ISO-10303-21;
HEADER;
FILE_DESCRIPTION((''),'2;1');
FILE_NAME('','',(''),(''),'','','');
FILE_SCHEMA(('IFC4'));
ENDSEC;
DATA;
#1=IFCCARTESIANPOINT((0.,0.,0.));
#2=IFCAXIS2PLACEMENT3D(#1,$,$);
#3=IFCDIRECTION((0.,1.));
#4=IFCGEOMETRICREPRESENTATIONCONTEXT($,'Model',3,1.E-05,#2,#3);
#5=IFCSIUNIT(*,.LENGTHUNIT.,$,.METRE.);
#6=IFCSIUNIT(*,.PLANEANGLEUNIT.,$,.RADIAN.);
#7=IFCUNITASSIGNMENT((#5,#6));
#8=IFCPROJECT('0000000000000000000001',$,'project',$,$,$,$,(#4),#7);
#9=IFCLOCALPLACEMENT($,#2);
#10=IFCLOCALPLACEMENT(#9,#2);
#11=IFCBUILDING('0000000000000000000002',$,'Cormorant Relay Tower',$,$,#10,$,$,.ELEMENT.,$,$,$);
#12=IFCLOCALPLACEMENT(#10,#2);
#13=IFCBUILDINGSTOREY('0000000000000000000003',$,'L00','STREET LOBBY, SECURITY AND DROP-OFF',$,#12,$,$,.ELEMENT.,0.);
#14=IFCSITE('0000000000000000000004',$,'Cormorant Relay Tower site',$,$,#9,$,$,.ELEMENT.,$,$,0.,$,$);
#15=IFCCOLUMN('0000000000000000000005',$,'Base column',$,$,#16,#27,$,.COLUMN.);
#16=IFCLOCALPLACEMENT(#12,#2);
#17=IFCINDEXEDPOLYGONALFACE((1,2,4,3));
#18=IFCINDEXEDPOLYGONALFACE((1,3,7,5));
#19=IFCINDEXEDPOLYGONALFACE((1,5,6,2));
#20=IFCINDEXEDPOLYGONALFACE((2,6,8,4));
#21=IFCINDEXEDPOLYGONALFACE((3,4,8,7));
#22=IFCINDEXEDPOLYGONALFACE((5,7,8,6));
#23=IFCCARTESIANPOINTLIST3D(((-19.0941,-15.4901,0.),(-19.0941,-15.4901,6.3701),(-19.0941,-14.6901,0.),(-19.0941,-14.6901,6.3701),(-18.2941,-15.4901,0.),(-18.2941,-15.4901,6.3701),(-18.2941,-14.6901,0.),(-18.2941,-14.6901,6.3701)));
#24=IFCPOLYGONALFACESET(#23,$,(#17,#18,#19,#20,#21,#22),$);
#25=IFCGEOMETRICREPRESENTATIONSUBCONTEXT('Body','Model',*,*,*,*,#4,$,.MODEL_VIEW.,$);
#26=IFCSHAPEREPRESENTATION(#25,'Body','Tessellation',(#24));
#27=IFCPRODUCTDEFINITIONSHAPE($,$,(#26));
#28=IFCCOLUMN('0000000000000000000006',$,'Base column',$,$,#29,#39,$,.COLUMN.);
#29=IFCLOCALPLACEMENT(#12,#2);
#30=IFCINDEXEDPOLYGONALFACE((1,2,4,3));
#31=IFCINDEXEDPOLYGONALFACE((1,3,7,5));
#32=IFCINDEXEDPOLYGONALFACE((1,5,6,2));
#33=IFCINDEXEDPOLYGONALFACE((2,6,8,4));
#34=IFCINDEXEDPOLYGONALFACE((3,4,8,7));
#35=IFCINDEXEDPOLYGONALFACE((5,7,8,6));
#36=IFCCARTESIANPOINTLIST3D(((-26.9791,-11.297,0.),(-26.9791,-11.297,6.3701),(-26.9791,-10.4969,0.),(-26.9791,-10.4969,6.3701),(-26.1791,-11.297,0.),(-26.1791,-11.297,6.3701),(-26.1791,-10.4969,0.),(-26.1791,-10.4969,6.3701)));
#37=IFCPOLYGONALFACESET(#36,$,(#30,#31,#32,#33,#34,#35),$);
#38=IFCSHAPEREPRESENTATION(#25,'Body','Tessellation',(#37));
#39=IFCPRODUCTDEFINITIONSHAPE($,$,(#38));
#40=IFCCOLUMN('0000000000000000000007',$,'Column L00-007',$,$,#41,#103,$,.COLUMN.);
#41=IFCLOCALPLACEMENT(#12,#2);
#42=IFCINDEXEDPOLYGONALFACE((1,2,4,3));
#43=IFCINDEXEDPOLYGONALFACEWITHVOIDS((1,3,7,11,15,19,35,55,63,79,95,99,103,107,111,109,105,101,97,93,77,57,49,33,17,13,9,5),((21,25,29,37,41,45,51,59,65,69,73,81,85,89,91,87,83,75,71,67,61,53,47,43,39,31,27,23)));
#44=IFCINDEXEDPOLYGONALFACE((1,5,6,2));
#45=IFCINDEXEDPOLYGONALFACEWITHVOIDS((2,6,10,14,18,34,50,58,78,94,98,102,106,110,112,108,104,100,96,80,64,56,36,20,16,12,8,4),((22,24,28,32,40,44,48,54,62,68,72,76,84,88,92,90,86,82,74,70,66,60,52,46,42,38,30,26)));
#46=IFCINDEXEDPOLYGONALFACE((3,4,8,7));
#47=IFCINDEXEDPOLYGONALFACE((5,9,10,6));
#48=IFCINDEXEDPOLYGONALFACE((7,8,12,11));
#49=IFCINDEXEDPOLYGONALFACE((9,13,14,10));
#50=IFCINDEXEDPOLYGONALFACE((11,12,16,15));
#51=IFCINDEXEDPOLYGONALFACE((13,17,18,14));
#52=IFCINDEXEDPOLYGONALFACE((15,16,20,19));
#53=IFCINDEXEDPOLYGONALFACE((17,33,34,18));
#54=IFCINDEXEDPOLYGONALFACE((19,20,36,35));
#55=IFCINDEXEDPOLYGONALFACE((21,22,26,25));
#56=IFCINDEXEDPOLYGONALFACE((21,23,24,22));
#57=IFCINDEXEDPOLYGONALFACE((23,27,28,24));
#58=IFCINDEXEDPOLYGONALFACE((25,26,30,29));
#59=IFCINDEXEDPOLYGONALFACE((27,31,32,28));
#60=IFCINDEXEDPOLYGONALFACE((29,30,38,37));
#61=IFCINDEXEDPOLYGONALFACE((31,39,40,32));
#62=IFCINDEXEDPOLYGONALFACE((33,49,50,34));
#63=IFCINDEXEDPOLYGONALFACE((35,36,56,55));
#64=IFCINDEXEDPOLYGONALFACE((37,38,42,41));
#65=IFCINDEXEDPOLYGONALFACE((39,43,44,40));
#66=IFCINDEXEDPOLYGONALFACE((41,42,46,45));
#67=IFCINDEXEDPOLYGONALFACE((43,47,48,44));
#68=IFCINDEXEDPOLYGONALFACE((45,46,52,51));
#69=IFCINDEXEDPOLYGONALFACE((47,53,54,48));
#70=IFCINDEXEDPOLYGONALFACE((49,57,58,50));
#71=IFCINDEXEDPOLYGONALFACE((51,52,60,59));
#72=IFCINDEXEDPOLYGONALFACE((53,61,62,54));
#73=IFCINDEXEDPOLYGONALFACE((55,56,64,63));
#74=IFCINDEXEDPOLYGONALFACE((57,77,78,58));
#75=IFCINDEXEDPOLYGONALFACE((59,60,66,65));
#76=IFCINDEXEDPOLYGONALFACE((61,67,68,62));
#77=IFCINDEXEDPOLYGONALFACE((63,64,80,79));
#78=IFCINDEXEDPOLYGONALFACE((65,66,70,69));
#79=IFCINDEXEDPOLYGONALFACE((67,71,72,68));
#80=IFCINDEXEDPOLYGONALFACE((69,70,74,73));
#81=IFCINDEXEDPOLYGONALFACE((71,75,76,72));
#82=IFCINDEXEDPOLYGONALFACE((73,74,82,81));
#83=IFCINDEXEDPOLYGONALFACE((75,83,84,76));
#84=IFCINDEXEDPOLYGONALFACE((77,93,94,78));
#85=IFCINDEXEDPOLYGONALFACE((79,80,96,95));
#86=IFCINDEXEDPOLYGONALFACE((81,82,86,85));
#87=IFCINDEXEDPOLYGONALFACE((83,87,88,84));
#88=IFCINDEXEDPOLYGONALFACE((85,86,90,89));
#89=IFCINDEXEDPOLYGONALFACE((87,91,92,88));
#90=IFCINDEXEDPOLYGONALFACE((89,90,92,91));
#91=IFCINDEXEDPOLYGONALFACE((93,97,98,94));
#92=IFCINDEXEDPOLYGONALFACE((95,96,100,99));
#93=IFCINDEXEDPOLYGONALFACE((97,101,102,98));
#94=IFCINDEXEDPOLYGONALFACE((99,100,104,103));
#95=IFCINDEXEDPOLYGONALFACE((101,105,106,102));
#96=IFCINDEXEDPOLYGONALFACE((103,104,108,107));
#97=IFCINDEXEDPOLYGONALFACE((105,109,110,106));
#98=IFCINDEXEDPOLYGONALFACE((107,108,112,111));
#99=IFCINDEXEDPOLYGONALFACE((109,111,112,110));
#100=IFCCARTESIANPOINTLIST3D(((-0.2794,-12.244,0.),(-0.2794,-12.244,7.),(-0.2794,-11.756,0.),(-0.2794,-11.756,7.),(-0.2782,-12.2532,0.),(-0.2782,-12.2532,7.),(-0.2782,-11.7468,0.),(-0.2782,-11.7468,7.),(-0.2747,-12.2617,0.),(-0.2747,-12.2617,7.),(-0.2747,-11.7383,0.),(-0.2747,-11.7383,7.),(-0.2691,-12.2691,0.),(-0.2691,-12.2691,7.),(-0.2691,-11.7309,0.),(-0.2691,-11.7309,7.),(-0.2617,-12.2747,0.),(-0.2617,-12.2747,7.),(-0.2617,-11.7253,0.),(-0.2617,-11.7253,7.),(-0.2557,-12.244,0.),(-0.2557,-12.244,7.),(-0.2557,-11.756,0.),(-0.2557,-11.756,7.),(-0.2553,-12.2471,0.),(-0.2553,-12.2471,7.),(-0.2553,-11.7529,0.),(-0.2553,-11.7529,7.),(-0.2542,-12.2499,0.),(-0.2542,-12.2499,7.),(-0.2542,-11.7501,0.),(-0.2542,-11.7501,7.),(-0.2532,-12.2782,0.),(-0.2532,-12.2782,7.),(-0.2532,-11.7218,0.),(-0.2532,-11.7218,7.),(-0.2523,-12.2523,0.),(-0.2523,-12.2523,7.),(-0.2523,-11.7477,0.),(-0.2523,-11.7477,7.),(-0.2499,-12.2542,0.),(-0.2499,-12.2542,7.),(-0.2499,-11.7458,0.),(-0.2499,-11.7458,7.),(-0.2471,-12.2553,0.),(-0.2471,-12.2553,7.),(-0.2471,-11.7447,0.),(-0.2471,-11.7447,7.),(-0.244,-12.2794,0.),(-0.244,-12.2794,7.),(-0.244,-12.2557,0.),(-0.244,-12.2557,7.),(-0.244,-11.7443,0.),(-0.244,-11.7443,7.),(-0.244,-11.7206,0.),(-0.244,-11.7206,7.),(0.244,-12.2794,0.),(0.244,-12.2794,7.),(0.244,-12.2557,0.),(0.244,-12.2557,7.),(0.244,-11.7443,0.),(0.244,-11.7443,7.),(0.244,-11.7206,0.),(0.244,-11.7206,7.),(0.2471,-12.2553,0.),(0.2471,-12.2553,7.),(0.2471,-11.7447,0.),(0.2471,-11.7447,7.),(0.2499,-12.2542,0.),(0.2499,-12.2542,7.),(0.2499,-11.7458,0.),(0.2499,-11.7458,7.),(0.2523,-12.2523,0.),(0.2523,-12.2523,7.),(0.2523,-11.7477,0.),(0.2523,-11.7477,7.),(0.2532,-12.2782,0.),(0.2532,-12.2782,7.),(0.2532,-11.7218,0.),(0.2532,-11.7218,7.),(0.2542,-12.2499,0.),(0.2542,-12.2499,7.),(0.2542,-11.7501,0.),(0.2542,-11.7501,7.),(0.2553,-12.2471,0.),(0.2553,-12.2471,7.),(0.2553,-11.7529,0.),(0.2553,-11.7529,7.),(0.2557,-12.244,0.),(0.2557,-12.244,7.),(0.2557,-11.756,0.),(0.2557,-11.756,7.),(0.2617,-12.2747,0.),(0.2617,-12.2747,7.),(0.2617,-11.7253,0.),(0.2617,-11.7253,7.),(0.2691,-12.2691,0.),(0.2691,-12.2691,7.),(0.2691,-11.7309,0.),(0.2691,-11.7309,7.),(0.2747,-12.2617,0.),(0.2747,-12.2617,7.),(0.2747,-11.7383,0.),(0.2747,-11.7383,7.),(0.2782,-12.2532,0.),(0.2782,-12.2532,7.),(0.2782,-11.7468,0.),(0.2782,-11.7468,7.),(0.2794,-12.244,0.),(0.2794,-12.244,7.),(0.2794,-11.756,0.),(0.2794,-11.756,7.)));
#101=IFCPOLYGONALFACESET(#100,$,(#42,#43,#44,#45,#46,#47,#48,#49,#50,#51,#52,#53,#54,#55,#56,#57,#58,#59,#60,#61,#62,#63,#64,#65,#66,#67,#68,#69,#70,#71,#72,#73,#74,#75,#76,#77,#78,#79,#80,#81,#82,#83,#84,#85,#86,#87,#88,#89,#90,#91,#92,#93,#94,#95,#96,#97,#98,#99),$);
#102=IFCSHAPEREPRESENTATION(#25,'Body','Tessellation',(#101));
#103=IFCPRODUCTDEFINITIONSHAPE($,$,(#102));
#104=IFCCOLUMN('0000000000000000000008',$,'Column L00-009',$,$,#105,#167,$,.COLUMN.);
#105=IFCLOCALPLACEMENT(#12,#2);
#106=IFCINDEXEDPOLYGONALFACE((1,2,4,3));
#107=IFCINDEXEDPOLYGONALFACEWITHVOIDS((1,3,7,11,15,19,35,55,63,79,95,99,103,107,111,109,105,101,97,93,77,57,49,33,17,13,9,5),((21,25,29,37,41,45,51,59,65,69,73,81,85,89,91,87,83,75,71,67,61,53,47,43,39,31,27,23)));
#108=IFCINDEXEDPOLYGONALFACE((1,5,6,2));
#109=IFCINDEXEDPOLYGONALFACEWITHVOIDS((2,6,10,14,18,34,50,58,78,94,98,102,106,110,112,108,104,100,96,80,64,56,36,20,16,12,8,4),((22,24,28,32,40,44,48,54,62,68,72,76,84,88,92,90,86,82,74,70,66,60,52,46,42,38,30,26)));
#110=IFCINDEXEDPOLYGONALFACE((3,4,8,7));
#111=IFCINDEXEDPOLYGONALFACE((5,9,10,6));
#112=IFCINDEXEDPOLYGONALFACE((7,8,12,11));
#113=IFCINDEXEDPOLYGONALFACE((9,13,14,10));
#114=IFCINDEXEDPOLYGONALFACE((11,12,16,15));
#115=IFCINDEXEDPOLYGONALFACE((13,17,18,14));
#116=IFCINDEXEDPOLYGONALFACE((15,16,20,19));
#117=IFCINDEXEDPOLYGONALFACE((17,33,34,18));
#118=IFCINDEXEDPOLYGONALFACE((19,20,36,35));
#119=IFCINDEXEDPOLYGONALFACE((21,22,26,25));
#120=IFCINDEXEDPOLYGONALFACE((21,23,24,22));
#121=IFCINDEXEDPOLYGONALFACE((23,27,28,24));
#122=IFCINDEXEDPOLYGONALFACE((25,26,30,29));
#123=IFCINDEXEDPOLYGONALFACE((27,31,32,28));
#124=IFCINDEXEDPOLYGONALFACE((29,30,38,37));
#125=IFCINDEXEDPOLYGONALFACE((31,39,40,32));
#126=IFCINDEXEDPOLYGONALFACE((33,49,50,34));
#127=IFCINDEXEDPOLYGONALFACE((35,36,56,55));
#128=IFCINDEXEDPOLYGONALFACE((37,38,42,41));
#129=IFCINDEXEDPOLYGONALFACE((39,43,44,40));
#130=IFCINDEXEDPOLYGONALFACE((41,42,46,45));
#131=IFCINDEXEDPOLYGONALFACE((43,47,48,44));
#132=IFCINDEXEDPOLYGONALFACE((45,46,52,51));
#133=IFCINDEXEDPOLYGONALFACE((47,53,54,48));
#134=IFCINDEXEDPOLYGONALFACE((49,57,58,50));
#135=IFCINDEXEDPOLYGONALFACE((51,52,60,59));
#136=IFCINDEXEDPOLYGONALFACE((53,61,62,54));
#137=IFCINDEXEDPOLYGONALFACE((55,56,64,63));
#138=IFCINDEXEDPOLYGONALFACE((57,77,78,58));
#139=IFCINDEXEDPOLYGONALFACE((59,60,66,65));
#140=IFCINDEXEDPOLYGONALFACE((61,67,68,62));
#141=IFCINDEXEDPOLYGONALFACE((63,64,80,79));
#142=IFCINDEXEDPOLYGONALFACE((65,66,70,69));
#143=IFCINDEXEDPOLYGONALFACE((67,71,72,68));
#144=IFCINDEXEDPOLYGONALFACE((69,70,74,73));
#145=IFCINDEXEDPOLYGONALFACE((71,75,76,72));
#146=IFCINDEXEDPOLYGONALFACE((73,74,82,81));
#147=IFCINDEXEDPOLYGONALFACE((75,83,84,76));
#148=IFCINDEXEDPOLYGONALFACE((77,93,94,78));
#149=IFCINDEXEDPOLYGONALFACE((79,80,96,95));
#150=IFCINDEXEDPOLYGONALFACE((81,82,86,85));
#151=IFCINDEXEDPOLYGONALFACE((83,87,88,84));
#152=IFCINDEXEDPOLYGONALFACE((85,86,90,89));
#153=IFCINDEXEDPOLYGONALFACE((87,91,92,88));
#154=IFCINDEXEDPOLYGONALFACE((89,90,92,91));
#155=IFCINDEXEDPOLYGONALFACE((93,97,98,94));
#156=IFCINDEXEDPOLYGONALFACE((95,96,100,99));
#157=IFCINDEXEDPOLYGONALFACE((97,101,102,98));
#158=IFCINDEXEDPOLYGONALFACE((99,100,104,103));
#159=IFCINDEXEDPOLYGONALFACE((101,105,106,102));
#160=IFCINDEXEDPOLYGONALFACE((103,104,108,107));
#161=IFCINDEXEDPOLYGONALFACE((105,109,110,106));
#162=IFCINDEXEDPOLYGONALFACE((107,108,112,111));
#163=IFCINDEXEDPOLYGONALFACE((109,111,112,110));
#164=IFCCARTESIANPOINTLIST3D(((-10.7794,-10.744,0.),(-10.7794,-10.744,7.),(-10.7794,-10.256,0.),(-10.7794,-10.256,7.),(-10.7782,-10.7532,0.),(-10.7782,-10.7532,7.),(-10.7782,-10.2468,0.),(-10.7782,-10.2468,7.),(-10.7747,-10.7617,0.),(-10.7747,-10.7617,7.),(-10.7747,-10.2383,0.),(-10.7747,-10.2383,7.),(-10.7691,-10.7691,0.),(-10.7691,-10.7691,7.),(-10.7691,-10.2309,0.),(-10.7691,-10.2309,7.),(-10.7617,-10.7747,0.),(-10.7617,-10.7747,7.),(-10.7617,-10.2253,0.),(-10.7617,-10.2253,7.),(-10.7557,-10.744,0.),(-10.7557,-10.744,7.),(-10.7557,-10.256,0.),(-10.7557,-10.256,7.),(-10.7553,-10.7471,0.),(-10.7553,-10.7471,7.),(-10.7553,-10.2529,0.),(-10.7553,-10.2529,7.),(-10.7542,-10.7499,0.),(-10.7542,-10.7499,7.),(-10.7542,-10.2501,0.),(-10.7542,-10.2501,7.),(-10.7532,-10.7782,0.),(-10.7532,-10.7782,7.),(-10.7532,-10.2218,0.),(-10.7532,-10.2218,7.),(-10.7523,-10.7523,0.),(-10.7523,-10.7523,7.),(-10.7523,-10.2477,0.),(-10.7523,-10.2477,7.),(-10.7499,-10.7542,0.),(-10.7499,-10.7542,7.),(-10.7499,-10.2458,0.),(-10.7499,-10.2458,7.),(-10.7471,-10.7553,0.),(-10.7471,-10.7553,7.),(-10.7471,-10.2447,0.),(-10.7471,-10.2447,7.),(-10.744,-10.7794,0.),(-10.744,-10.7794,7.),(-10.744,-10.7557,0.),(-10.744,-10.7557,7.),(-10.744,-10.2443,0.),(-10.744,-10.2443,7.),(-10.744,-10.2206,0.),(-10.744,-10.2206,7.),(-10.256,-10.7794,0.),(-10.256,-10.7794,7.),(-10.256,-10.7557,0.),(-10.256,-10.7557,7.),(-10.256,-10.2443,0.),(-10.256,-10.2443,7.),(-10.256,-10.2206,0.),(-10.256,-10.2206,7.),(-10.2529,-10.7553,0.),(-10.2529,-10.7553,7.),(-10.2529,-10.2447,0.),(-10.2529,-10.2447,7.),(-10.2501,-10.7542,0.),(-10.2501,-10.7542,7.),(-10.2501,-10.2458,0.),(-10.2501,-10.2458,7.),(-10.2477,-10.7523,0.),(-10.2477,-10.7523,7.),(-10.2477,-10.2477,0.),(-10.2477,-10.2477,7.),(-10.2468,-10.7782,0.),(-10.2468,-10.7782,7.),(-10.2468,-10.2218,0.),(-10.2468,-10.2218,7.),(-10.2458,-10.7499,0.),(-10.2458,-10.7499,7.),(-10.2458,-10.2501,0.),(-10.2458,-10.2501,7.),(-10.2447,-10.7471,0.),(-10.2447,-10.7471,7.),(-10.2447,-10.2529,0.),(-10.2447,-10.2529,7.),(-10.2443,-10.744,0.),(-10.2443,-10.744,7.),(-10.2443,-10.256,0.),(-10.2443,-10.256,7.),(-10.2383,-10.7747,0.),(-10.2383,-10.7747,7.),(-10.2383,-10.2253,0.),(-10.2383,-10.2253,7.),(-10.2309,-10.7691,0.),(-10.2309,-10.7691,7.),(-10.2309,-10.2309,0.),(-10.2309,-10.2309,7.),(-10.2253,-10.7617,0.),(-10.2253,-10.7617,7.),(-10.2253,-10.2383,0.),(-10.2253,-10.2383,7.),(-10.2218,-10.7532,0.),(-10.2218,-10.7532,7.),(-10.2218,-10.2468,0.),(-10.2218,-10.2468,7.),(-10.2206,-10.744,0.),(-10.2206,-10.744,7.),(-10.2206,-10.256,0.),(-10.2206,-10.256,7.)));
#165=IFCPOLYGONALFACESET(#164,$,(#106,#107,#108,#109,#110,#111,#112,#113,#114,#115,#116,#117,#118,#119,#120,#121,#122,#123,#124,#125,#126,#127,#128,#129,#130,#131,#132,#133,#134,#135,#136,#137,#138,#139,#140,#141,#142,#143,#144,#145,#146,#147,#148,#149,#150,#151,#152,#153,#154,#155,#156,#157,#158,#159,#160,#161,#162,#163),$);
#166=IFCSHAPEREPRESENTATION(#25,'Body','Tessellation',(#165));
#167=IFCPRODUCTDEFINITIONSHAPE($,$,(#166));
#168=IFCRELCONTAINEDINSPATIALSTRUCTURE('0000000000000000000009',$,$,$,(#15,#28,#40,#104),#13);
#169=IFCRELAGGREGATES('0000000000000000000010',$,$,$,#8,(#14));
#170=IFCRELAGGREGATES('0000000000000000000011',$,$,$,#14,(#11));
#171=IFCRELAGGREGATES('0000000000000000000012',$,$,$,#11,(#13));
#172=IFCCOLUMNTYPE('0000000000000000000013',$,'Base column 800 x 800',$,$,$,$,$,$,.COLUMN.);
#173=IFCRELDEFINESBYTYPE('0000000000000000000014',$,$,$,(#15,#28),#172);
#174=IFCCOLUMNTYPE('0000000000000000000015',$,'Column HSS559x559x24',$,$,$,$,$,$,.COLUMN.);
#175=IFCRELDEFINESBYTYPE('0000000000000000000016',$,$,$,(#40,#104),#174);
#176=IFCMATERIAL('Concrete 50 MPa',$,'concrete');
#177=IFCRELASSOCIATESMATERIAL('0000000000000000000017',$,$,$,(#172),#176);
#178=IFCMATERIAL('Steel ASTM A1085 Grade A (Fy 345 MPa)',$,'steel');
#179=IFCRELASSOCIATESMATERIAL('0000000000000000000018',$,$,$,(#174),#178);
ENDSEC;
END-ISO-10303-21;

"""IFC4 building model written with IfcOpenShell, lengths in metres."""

from ifc_helpers import new_model, si_unit, direction, frame, origin, origin_2d, place, context, subcontext, project, spatial, rectangle, hollow_rectangle, extrude, material, material_profile, profile_set, type_object, element, save


model = new_model("IFC4")

# Units and contexts
model_context = context("Model", 3, precision=1e-05, world=origin(), true_north=direction((0.0, 1.0)))
body_context = subcontext(model_context, "Body", "Model", "MODEL_VIEW")
ifc_project = project(units=[si_unit("LENGTHUNIT", "METRE"), si_unit("PLANEANGLEUNIT", "RADIAN")], contexts=[model_context])

# Site, building, storey
site_placement = place(None, origin())
site = spatial("IfcSite", under=ifc_project, at=site_placement, Name="Cormorant Relay Tower site", CompositionType="ELEMENT", RefElevation=0.0)
building_placement = place(site_placement, origin())
building = spatial("IfcBuilding", under=site, at=building_placement, Name="Cormorant Relay Tower", CompositionType="ELEMENT")
storey_placement = place(building_placement, origin())
storey = spatial("IfcBuildingStorey", under=building, at=storey_placement, Name="L00", Description="STREET LOBBY, SECURITY AND DROP-OFF", CompositionType="ELEMENT", Elevation=0.0)

# Columns
ifc_material_1 = material(Name="Concrete 50 MPa", Category="concrete")
ifc_material_profile_1 = material_profile(ifc_material_1, rectangle(XDim=0.8, YDim=0.8, at=origin_2d()), Name="RC 800x800")
ifc_profile_set_1 = profile_set([ifc_material_profile_1], Name="Concrete 50 MPa")
column_type_1 = type_object("IfcColumnType", Name="Base column 800 x 800", PredefinedType="COLUMN", material=ifc_profile_set_1)
for number, where, z_axis, x_axis, name in (
    (1, (-18.6941, -15.0901, 0.0), (0.0, 0.0, 1.0), (1.0, 0.0, 0.0), "Base column"),
    (2, (-26.5791, -10.897, 0.0), (0.0, 0.0, 1.0), (1.0, 0.0, 0.0), "Base column"),
):
    element("IfcColumn", number, at=place(storey_placement, frame(where, z_axis=z_axis, x_axis=x_axis)), inside=storey, type_object=column_type_1, Name=name, PredefinedType="COLUMN", context=body_context, shape_type="SweptSolid", body=[
        extrude(rectangle(XDim=0.8, YDim=0.8, at=origin_2d()), origin(), (0.0, 0.0, 1.0), 6.3701),
    ])
ifc_material_2 = material(Name="Steel ASTM A1085 Grade A (Fy 345 MPa)", Category="steel")
ifc_material_profile_2 = material_profile(ifc_material_2, hollow_rectangle(XDim=0.5588, YDim=0.5588, WallThickness=0.0237, InnerFilletRadius=0.0117, OuterFilletRadius=0.0354, at=origin_2d()), Name="HSS559x559x24")
ifc_profile_set_2 = profile_set([ifc_material_profile_2], Name="Steel ASTM A1085 Grade A (Fy 345 MPa)")
column_type_2 = type_object("IfcColumnType", Name="Column HSS559x559x24", PredefinedType="COLUMN", material=ifc_profile_set_2)
for number, where, z_axis, x_axis, name in (
    (3, (0.0, -12.0, 0.0), (0.0, 0.0, 1.0), (1.0, 0.0, 0.0), "Column L00-007"),
    (4, (-10.5, -10.5, 0.0), (0.0, 0.0, 1.0), (1.0, 0.0, 0.0), "Column L00-009"),
):
    element("IfcColumn", number, at=place(storey_placement, frame(where, z_axis=z_axis, x_axis=x_axis)), inside=storey, type_object=column_type_2, Name=name, PredefinedType="COLUMN", context=body_context, shape_type="SweptSolid", body=[
        extrude(hollow_rectangle(XDim=0.5588, YDim=0.5588, WallThickness=0.0237, InnerFilletRadius=0.0117, OuterFilletRadius=0.0354, at=origin_2d()), origin(), (0.0, 0.0, 1.0), 7.0),
    ])

save(model, "model.ifc")
